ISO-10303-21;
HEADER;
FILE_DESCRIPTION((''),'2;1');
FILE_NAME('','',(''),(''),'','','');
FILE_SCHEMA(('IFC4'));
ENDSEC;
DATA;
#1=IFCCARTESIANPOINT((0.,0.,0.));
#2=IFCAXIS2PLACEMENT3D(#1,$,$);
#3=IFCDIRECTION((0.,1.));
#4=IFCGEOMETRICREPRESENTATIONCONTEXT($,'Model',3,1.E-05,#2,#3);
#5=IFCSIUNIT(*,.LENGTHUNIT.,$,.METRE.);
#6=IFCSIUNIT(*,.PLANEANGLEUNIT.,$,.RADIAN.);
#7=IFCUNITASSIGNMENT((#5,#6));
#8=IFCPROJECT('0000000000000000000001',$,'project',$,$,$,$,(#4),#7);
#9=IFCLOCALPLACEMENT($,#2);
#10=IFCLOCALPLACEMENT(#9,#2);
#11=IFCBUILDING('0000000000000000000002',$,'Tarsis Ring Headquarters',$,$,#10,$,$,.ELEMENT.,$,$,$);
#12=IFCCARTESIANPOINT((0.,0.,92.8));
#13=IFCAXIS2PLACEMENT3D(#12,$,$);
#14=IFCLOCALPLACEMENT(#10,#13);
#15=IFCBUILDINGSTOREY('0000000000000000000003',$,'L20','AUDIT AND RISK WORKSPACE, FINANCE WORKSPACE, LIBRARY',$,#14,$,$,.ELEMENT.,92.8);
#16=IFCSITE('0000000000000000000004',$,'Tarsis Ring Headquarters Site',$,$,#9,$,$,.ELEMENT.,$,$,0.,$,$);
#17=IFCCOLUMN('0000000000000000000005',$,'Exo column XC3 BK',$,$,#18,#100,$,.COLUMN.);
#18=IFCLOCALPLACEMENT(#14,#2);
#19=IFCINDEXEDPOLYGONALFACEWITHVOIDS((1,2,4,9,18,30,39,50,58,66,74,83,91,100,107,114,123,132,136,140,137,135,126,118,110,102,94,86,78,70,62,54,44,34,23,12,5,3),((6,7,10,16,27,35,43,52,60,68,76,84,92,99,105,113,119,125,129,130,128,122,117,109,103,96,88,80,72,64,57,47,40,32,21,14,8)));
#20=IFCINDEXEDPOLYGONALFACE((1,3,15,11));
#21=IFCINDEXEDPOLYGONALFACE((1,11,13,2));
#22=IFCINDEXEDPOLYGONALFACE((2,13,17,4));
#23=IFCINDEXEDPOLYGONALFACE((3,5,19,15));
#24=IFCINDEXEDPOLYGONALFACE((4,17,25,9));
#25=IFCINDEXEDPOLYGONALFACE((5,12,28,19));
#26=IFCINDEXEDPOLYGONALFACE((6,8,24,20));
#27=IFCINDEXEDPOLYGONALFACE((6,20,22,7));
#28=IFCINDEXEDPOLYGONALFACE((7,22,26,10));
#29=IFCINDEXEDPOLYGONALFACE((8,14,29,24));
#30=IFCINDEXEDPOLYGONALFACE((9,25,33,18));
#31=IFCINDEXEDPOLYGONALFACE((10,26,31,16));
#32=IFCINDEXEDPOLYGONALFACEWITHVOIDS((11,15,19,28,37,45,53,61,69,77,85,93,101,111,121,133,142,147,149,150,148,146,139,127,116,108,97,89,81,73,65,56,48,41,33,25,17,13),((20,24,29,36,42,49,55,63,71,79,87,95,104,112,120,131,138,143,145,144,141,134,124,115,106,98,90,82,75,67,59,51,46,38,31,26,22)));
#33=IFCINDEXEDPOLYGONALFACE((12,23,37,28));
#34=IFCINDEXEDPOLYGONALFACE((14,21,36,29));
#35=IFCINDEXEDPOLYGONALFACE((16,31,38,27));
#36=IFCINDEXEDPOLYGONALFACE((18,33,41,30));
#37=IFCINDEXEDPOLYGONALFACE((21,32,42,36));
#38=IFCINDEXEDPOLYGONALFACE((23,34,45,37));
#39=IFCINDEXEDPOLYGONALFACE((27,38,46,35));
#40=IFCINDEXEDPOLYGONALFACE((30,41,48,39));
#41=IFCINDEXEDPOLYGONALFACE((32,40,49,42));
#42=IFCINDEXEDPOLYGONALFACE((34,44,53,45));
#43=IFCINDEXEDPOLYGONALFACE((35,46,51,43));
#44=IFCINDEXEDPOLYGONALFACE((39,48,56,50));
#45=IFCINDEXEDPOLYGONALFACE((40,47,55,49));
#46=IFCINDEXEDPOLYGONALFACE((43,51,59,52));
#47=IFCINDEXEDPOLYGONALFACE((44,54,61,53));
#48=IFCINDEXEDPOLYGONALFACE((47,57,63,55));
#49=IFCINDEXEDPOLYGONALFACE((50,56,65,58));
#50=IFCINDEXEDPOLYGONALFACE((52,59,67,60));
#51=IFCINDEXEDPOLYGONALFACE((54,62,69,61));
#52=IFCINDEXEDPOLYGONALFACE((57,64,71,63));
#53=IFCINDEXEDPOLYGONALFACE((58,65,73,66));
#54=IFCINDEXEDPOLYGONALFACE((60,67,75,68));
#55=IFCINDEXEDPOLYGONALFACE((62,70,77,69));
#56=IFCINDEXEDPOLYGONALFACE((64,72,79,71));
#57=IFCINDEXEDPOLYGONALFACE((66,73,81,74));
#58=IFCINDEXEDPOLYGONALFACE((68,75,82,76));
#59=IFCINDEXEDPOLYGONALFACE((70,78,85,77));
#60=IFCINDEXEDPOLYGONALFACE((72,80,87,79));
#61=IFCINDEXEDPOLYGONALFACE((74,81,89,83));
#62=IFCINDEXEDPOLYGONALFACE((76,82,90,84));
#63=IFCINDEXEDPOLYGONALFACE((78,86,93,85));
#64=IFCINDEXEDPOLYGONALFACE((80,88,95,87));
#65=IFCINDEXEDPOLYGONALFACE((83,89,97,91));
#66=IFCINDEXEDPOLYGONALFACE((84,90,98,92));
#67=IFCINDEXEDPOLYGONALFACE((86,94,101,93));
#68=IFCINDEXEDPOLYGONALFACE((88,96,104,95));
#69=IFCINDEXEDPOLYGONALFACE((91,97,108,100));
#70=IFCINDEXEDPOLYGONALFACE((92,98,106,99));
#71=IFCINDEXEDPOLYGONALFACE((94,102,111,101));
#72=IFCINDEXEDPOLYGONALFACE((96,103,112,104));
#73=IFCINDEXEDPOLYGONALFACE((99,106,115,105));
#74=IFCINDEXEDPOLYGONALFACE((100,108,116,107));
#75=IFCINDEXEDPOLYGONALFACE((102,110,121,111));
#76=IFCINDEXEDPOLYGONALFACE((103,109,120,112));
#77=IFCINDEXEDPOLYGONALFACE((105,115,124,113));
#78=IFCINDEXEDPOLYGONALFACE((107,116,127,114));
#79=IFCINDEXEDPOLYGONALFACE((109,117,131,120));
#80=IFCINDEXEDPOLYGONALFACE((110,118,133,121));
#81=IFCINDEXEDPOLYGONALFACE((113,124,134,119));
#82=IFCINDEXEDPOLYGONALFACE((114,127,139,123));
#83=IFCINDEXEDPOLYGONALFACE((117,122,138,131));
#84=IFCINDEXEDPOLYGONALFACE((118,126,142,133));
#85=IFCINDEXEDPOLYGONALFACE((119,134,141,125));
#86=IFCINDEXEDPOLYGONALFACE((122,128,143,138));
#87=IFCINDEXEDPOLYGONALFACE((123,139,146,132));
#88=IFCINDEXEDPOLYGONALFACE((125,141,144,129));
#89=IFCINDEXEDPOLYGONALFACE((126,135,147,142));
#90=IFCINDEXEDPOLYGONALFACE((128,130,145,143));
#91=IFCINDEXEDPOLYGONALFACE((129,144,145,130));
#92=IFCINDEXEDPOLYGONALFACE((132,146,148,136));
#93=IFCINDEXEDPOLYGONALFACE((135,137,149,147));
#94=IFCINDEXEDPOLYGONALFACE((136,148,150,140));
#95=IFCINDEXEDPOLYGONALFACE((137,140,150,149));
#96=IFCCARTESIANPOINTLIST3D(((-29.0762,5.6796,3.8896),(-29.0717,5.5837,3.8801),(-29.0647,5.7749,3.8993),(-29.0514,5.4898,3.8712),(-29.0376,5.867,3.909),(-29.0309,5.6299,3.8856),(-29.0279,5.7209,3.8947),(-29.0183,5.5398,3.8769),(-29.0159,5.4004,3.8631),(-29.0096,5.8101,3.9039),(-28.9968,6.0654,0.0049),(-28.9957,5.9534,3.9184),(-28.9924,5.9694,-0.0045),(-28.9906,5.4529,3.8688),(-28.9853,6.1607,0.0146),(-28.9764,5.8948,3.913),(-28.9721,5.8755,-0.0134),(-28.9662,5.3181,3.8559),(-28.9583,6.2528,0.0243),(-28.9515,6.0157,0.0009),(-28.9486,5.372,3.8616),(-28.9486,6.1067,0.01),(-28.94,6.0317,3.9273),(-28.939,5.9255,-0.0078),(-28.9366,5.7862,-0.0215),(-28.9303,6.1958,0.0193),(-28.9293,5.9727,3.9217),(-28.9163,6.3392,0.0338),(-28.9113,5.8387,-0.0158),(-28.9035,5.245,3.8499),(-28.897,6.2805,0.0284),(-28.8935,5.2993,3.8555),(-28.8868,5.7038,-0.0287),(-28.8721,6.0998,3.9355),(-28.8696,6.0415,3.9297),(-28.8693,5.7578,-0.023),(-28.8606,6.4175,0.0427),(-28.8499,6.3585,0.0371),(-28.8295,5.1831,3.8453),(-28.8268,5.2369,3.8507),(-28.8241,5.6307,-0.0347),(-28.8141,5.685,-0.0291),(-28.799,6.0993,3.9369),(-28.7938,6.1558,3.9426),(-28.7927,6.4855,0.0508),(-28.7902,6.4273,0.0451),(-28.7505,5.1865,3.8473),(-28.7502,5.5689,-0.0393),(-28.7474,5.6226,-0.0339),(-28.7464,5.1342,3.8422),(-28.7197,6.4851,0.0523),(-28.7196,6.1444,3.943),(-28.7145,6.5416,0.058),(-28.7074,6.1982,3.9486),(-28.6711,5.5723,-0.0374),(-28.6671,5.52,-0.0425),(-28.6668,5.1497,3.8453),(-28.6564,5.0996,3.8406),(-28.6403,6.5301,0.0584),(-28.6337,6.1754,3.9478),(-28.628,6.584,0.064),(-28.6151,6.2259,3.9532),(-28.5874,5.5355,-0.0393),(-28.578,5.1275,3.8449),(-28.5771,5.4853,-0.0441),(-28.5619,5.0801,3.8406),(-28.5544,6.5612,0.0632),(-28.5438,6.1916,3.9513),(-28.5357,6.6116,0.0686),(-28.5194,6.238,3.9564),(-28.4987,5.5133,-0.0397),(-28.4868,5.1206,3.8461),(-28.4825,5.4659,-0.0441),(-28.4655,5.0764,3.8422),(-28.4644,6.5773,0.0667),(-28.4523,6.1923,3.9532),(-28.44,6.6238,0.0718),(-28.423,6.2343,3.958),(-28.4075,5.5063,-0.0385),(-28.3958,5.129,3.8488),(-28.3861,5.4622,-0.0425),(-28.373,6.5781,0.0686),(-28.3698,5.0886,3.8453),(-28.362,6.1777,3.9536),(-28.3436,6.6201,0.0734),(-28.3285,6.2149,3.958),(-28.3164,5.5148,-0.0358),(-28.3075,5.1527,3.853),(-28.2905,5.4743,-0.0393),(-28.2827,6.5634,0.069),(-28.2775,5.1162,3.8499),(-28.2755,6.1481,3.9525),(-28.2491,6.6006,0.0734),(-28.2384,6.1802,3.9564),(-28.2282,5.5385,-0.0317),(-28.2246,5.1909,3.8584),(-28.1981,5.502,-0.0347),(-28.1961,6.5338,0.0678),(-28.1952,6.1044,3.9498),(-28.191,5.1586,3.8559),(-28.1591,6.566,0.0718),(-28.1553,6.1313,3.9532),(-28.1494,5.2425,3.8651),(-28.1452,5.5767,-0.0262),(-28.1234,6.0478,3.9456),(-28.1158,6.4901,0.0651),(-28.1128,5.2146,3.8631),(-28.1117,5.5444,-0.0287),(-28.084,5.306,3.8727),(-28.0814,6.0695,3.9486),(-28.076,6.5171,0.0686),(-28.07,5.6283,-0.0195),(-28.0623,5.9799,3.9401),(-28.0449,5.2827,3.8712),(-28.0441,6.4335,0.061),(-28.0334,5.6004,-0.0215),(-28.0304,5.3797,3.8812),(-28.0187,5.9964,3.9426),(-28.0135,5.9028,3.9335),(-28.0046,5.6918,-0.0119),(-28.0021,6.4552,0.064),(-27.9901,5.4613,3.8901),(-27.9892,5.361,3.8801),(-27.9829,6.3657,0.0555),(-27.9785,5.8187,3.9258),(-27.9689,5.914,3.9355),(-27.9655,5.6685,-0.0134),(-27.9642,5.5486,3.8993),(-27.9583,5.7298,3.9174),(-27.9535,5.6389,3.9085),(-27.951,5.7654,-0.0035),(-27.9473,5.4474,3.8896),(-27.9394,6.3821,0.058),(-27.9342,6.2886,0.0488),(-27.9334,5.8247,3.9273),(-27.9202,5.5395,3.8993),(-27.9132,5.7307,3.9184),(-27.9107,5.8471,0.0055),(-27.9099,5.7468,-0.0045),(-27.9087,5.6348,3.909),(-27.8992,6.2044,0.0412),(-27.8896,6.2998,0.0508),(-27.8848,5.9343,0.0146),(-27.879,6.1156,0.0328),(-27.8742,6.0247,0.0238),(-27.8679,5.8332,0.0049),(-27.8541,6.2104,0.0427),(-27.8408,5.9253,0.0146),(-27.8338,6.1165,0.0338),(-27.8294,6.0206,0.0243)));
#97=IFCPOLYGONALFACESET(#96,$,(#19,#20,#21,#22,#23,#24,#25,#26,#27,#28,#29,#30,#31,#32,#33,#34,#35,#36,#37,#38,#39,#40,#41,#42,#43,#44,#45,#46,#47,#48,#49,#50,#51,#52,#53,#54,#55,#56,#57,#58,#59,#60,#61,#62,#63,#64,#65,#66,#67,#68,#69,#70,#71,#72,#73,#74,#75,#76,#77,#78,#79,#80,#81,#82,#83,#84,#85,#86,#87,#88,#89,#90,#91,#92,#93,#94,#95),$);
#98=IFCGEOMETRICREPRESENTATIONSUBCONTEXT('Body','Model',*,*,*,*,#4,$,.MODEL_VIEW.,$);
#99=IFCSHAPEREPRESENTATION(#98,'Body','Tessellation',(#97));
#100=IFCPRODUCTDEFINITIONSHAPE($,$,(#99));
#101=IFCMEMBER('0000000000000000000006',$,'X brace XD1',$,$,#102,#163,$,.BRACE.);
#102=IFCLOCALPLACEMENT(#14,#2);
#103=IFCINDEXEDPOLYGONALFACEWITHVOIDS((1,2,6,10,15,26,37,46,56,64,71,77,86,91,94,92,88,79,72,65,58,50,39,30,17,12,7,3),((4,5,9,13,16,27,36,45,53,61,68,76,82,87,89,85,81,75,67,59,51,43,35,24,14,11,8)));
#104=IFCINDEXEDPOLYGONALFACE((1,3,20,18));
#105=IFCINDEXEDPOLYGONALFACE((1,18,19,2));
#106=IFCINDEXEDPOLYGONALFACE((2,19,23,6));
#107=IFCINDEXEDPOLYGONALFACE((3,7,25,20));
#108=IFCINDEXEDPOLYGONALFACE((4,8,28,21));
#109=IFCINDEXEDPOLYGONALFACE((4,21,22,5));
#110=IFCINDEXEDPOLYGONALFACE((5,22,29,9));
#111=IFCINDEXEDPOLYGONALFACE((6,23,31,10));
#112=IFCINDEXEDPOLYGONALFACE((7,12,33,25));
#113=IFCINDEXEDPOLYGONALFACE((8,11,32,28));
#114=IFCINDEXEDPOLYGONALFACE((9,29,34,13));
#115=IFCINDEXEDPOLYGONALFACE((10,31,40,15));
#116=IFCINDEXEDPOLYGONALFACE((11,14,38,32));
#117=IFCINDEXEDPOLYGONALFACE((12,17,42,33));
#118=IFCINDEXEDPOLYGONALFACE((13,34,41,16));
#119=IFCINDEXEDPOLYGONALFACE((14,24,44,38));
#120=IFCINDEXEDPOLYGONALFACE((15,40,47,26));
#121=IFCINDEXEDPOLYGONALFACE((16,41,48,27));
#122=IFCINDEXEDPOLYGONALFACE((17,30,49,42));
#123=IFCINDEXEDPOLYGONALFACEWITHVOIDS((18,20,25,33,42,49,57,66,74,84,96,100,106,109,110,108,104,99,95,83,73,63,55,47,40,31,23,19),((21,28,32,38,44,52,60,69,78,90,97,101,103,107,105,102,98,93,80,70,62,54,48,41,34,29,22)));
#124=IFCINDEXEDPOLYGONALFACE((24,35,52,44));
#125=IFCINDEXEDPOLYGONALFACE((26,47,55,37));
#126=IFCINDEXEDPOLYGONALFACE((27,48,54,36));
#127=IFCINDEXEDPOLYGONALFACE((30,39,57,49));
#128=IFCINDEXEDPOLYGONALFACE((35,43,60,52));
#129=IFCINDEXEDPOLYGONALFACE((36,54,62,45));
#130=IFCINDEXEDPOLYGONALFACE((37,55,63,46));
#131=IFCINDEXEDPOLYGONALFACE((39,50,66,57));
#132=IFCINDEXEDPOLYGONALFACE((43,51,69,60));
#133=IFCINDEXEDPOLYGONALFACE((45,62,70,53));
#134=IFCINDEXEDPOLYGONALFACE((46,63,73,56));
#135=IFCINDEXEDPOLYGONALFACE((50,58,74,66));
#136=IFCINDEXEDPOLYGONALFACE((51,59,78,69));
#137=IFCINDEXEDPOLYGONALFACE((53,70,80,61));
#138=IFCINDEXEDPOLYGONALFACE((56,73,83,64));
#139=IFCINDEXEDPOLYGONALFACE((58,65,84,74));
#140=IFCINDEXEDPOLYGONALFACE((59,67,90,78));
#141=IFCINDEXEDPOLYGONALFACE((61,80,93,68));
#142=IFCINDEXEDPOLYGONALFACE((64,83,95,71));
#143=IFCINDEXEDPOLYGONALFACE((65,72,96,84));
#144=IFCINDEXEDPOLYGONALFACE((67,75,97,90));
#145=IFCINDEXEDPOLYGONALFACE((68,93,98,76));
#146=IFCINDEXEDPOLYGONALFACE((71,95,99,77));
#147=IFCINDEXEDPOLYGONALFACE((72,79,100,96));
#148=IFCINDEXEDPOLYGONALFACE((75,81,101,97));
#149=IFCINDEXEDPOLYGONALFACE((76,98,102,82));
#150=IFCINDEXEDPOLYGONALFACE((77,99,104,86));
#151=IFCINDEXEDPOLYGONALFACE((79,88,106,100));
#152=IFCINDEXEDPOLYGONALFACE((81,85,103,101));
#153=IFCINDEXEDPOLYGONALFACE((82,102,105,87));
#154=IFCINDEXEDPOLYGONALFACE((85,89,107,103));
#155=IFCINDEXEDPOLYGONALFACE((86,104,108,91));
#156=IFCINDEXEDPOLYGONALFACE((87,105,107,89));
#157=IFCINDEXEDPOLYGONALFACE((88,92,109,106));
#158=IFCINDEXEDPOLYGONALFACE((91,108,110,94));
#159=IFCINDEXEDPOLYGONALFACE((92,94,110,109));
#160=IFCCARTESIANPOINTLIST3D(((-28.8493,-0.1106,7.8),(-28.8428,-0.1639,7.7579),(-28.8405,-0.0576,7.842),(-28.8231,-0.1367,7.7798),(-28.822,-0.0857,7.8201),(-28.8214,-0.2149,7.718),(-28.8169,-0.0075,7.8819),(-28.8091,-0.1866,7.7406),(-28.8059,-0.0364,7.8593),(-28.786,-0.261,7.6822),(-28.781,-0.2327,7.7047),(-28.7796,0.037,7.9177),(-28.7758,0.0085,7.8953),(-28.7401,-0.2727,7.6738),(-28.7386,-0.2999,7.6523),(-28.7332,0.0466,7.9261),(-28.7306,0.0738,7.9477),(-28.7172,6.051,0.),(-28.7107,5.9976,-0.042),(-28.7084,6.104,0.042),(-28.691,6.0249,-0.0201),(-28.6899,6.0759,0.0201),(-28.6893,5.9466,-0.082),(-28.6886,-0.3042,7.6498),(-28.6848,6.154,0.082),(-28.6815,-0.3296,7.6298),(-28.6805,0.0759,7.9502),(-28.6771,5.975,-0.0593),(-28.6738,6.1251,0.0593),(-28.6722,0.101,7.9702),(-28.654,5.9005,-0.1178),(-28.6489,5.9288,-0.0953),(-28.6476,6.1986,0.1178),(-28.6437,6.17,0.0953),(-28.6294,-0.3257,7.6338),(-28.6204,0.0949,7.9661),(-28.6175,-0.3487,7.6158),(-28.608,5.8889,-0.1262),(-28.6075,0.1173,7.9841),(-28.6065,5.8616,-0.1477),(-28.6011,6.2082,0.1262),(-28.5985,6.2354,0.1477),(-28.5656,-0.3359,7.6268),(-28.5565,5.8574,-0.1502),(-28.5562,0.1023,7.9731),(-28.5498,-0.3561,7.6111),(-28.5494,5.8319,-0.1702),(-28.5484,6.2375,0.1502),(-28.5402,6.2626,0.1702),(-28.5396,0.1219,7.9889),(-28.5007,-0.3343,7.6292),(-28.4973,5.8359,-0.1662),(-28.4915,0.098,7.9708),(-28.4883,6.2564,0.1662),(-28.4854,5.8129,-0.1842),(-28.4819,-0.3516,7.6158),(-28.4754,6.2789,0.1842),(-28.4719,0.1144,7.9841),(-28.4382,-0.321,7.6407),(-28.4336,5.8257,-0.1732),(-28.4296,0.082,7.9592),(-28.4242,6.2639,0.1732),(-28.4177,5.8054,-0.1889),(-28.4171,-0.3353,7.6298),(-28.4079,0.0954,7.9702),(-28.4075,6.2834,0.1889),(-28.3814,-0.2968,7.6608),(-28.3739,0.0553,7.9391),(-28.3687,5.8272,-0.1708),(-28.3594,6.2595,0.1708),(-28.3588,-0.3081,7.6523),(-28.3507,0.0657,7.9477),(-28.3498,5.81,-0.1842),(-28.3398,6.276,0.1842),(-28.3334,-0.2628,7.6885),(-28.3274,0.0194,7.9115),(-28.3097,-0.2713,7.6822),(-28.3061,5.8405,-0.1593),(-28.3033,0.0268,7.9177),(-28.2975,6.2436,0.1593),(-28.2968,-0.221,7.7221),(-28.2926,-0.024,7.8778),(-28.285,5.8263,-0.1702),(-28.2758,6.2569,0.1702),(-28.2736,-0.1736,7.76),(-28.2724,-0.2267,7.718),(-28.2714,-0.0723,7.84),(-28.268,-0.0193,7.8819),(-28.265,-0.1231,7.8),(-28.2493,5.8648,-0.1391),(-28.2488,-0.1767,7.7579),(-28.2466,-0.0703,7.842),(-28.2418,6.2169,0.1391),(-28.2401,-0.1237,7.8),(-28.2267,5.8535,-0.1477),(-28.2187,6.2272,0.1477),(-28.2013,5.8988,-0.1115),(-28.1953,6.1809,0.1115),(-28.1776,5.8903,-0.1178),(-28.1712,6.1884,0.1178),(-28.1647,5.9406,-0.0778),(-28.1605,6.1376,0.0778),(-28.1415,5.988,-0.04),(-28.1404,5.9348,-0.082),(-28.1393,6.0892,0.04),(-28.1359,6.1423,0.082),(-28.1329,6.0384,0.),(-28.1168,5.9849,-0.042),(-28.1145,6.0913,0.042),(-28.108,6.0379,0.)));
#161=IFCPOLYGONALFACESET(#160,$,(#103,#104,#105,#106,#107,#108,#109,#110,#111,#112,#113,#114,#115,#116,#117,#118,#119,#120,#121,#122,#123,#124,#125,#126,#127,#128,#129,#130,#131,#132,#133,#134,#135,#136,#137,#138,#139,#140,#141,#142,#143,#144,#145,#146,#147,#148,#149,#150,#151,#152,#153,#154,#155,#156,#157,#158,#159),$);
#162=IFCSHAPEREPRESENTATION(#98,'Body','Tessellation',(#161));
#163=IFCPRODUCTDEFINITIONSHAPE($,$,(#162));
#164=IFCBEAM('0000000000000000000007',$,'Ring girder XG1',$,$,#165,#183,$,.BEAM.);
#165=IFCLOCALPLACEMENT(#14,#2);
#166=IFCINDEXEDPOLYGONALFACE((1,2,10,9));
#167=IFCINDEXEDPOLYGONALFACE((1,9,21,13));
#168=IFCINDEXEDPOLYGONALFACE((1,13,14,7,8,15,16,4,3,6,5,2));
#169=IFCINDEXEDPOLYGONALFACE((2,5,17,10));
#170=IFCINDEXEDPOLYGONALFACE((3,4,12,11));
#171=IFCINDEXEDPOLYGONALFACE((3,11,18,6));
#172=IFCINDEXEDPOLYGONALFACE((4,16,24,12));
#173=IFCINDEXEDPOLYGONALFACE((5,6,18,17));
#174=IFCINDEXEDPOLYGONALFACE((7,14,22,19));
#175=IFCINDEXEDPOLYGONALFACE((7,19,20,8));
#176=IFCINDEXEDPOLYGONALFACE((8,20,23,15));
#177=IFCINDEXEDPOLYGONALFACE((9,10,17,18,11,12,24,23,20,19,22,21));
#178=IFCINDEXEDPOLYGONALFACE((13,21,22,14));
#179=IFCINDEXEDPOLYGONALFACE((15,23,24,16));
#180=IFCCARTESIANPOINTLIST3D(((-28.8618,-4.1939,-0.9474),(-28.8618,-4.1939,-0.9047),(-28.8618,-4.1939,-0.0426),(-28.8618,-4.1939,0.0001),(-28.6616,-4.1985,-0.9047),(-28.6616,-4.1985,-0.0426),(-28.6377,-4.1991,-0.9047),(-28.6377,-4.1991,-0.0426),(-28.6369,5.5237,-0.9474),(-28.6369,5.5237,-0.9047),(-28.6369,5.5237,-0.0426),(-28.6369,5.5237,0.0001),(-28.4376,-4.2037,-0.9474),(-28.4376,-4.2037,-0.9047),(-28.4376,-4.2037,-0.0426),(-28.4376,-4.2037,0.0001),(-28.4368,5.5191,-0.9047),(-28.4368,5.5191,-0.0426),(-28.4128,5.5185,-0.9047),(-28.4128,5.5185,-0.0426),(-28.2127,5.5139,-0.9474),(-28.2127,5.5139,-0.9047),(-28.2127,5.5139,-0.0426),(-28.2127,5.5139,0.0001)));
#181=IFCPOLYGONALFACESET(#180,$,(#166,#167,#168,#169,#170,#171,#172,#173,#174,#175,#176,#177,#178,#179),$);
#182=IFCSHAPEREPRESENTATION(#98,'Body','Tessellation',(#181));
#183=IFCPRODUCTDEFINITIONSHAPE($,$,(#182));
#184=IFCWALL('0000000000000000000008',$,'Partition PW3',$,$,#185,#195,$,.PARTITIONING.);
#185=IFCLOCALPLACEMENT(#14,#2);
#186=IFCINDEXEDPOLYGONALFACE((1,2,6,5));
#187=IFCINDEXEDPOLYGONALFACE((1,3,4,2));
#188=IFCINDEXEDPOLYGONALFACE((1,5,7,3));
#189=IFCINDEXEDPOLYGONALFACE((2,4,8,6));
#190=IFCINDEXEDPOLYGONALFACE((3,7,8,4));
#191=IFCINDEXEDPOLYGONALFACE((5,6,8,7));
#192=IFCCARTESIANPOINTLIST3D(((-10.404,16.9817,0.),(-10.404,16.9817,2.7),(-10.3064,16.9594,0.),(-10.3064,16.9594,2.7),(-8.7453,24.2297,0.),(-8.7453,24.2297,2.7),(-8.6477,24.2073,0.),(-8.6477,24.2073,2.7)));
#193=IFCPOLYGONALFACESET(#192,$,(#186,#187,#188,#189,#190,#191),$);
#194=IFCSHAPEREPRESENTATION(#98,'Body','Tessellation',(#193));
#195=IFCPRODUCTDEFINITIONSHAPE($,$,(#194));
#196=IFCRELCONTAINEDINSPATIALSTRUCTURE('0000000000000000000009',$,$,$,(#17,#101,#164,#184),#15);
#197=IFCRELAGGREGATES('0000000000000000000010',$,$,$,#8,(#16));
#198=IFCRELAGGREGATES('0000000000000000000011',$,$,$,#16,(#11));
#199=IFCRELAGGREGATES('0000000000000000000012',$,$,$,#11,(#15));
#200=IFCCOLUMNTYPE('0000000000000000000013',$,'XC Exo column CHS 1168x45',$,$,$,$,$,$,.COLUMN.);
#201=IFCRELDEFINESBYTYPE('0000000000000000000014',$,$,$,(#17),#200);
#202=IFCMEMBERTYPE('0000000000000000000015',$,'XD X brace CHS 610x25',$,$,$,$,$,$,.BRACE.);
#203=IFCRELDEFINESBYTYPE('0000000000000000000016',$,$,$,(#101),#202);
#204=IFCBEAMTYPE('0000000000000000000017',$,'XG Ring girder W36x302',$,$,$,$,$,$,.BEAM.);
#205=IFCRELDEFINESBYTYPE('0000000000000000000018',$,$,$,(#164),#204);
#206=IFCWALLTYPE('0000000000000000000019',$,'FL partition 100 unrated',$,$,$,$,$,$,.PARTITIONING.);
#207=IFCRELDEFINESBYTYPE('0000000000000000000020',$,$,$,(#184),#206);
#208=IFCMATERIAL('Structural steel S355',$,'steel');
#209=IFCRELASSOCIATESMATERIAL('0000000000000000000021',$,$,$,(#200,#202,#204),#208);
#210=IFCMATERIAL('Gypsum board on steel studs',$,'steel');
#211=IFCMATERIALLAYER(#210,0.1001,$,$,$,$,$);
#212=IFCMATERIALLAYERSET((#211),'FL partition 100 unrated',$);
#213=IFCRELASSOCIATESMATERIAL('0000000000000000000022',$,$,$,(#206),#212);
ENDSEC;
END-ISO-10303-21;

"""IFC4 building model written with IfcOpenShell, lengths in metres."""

from ifc_helpers import new_model, si_unit, direction, frame, frame_2d, origin, origin_2d, place, context, subcontext, project, spatial, rectangle, hollow_circle, i_section, extrude, material, layer, layer_set, material_profile, profile_set, type_object, element, save


model = new_model("IFC4")

# Units and contexts
model_context = context("Model", 3, precision=1e-05, world=origin(), true_north=direction((0.0, 1.0)))
body_context = subcontext(model_context, "Body", "Model", "MODEL_VIEW")
ifc_project = project(units=[si_unit("LENGTHUNIT", "METRE"), si_unit("PLANEANGLEUNIT", "RADIAN")], contexts=[model_context])

# Site, building, storey
site_placement = place(None, origin())
site = spatial("IfcSite", under=ifc_project, at=site_placement, Name="Tarsis Ring Headquarters Site", CompositionType="ELEMENT", RefElevation=0.0)
building_placement = place(site_placement, origin())
building = spatial("IfcBuilding", under=site, at=building_placement, Name="Tarsis Ring Headquarters", CompositionType="ELEMENT")
storey_placement = place(building_placement, frame((0.0, 0.0, 92.8)))
storey = spatial("IfcBuildingStorey", under=building, at=storey_placement, Name="L20", Description="AUDIT AND RISK WORKSPACE, FINANCE WORKSPACE, LIBRARY", CompositionType="ELEMENT", Elevation=92.8)

# Column
ifc_material_1 = material(Name="Structural steel S355", Category="steel")
ifc_material_profile_1 = material_profile(ifc_material_1, hollow_circle(Radius=0.5842, WallThickness=0.0449, at=origin_2d()), Name="CHS 1168x45")
ifc_profile_set_1 = profile_set([ifc_material_profile_1], Name="Structural steel S355")
column_type = type_object("IfcColumnType", Name="XC Exo column CHS 1168x45", PredefinedType="COLUMN", material=ifc_profile_set_1)
column_placement = place(storey_placement, frame((-28.4131, 6.043, 0.0146), z_axis=(-0.020322, -0.098796, 0.9949), x_axis=(0.979493, -0.201478, 0.0)))
element("IfcColumn", 1, at=column_placement, inside=storey, type_object=column_type, Name="Exo column XC3 BK", PredefinedType="COLUMN", context=body_context, shape_type="SweptSolid", body=[
    extrude(hollow_circle(Radius=0.5842, WallThickness=0.0449, at=origin_2d()), origin(), (0.0, 0.0, 1.0), 3.9045),
])

# Member
ifc_material_profile_2 = material_profile(ifc_material_1, hollow_circle(Radius=0.3047, WallThickness=0.0249, at=origin_2d()), Name="CHS 610x25")
ifc_profile_set_2 = profile_set([ifc_material_profile_2], Name="Structural steel S355")
member_type = type_object("IfcMemberType", Name="XD X brace CHS 610x25", PredefinedType="BRACE", material=ifc_profile_set_2)
member_placement = place(storey_placement, frame((-28.4126, 6.0444, 0.0), z_axis=(-0.013286, -0.619818, 0.784633), x_axis=(0.99977, -0.021431, 0.0)))
element("IfcMember", 2, at=member_placement, inside=storey, type_object=member_type, Name="X brace XD1", PredefinedType="BRACE", context=body_context, shape_type="SweptSolid", body=[
    extrude(hollow_circle(Radius=0.3047, WallThickness=0.0249, at=origin_2d()), origin(), (0.0, 0.0, 1.0), 9.9409),
])

# Beam
ifc_material_profile_3 = material_profile(ifc_material_1, i_section(OverallWidth=0.4243, OverallDepth=0.9475, WebThickness=0.0239, FlangeThickness=0.0427, at=origin_2d()), Name="W36x302")
ifc_profile_set_3 = profile_set([ifc_material_profile_3], Name="Structural steel S355")
beam_type = type_object("IfcBeamType", Name="XG Ring girder W36x302", PredefinedType="BEAM", material=ifc_profile_set_3)
beam_placement = place(storey_placement, frame((-28.4248, 5.5188, -0.4736), z_axis=(-0.023133, -0.999732, 0.0), x_axis=(0.999732, -0.023133, 0.0)))
element("IfcBeam", 3, at=beam_placement, inside=storey, type_object=beam_type, Name="Ring girder XG1", PredefinedType="BEAM", context=body_context, shape_type="SweptSolid", body=[
    extrude(i_section(OverallWidth=0.4243, OverallDepth=0.9475, WebThickness=0.0239, FlangeThickness=0.0427, at=origin_2d()), origin(), (0.0, 0.0, 1.0), 9.7202),
])

# Wall
ifc_material_2 = material(Name="Gypsum board on steel studs", Category="steel")
ifc_layer_1 = layer(ifc_material_2, 0.1001)
ifc_layer_set_1 = layer_set([ifc_layer_1], Name="FL partition 100 unrated")
wall_type_1 = type_object("IfcWallType", Name="FL partition 100 unrated", PredefinedType="PARTITIONING", material=ifc_layer_set_1)
wall_1_placement = place(storey_placement, frame((-10.3552, 16.9705, 0.0), z_axis=(0.0, 0.0, 1.0), x_axis=(0.22308, 0.9748, 0.0)))
element("IfcWall", 4, at=wall_1_placement, inside=storey, type_object=wall_type_1, Name="Partition PW3", PredefinedType="PARTITIONING", context=body_context, shape_type="SweptSolid", body=[
    extrude(rectangle(XDim=7.4353, YDim=0.1001, at=frame_2d((3.7178, 0.0))), origin(), (0.0, 0.0, 1.0), 2.7),
])

save(model, "model.ifc")
